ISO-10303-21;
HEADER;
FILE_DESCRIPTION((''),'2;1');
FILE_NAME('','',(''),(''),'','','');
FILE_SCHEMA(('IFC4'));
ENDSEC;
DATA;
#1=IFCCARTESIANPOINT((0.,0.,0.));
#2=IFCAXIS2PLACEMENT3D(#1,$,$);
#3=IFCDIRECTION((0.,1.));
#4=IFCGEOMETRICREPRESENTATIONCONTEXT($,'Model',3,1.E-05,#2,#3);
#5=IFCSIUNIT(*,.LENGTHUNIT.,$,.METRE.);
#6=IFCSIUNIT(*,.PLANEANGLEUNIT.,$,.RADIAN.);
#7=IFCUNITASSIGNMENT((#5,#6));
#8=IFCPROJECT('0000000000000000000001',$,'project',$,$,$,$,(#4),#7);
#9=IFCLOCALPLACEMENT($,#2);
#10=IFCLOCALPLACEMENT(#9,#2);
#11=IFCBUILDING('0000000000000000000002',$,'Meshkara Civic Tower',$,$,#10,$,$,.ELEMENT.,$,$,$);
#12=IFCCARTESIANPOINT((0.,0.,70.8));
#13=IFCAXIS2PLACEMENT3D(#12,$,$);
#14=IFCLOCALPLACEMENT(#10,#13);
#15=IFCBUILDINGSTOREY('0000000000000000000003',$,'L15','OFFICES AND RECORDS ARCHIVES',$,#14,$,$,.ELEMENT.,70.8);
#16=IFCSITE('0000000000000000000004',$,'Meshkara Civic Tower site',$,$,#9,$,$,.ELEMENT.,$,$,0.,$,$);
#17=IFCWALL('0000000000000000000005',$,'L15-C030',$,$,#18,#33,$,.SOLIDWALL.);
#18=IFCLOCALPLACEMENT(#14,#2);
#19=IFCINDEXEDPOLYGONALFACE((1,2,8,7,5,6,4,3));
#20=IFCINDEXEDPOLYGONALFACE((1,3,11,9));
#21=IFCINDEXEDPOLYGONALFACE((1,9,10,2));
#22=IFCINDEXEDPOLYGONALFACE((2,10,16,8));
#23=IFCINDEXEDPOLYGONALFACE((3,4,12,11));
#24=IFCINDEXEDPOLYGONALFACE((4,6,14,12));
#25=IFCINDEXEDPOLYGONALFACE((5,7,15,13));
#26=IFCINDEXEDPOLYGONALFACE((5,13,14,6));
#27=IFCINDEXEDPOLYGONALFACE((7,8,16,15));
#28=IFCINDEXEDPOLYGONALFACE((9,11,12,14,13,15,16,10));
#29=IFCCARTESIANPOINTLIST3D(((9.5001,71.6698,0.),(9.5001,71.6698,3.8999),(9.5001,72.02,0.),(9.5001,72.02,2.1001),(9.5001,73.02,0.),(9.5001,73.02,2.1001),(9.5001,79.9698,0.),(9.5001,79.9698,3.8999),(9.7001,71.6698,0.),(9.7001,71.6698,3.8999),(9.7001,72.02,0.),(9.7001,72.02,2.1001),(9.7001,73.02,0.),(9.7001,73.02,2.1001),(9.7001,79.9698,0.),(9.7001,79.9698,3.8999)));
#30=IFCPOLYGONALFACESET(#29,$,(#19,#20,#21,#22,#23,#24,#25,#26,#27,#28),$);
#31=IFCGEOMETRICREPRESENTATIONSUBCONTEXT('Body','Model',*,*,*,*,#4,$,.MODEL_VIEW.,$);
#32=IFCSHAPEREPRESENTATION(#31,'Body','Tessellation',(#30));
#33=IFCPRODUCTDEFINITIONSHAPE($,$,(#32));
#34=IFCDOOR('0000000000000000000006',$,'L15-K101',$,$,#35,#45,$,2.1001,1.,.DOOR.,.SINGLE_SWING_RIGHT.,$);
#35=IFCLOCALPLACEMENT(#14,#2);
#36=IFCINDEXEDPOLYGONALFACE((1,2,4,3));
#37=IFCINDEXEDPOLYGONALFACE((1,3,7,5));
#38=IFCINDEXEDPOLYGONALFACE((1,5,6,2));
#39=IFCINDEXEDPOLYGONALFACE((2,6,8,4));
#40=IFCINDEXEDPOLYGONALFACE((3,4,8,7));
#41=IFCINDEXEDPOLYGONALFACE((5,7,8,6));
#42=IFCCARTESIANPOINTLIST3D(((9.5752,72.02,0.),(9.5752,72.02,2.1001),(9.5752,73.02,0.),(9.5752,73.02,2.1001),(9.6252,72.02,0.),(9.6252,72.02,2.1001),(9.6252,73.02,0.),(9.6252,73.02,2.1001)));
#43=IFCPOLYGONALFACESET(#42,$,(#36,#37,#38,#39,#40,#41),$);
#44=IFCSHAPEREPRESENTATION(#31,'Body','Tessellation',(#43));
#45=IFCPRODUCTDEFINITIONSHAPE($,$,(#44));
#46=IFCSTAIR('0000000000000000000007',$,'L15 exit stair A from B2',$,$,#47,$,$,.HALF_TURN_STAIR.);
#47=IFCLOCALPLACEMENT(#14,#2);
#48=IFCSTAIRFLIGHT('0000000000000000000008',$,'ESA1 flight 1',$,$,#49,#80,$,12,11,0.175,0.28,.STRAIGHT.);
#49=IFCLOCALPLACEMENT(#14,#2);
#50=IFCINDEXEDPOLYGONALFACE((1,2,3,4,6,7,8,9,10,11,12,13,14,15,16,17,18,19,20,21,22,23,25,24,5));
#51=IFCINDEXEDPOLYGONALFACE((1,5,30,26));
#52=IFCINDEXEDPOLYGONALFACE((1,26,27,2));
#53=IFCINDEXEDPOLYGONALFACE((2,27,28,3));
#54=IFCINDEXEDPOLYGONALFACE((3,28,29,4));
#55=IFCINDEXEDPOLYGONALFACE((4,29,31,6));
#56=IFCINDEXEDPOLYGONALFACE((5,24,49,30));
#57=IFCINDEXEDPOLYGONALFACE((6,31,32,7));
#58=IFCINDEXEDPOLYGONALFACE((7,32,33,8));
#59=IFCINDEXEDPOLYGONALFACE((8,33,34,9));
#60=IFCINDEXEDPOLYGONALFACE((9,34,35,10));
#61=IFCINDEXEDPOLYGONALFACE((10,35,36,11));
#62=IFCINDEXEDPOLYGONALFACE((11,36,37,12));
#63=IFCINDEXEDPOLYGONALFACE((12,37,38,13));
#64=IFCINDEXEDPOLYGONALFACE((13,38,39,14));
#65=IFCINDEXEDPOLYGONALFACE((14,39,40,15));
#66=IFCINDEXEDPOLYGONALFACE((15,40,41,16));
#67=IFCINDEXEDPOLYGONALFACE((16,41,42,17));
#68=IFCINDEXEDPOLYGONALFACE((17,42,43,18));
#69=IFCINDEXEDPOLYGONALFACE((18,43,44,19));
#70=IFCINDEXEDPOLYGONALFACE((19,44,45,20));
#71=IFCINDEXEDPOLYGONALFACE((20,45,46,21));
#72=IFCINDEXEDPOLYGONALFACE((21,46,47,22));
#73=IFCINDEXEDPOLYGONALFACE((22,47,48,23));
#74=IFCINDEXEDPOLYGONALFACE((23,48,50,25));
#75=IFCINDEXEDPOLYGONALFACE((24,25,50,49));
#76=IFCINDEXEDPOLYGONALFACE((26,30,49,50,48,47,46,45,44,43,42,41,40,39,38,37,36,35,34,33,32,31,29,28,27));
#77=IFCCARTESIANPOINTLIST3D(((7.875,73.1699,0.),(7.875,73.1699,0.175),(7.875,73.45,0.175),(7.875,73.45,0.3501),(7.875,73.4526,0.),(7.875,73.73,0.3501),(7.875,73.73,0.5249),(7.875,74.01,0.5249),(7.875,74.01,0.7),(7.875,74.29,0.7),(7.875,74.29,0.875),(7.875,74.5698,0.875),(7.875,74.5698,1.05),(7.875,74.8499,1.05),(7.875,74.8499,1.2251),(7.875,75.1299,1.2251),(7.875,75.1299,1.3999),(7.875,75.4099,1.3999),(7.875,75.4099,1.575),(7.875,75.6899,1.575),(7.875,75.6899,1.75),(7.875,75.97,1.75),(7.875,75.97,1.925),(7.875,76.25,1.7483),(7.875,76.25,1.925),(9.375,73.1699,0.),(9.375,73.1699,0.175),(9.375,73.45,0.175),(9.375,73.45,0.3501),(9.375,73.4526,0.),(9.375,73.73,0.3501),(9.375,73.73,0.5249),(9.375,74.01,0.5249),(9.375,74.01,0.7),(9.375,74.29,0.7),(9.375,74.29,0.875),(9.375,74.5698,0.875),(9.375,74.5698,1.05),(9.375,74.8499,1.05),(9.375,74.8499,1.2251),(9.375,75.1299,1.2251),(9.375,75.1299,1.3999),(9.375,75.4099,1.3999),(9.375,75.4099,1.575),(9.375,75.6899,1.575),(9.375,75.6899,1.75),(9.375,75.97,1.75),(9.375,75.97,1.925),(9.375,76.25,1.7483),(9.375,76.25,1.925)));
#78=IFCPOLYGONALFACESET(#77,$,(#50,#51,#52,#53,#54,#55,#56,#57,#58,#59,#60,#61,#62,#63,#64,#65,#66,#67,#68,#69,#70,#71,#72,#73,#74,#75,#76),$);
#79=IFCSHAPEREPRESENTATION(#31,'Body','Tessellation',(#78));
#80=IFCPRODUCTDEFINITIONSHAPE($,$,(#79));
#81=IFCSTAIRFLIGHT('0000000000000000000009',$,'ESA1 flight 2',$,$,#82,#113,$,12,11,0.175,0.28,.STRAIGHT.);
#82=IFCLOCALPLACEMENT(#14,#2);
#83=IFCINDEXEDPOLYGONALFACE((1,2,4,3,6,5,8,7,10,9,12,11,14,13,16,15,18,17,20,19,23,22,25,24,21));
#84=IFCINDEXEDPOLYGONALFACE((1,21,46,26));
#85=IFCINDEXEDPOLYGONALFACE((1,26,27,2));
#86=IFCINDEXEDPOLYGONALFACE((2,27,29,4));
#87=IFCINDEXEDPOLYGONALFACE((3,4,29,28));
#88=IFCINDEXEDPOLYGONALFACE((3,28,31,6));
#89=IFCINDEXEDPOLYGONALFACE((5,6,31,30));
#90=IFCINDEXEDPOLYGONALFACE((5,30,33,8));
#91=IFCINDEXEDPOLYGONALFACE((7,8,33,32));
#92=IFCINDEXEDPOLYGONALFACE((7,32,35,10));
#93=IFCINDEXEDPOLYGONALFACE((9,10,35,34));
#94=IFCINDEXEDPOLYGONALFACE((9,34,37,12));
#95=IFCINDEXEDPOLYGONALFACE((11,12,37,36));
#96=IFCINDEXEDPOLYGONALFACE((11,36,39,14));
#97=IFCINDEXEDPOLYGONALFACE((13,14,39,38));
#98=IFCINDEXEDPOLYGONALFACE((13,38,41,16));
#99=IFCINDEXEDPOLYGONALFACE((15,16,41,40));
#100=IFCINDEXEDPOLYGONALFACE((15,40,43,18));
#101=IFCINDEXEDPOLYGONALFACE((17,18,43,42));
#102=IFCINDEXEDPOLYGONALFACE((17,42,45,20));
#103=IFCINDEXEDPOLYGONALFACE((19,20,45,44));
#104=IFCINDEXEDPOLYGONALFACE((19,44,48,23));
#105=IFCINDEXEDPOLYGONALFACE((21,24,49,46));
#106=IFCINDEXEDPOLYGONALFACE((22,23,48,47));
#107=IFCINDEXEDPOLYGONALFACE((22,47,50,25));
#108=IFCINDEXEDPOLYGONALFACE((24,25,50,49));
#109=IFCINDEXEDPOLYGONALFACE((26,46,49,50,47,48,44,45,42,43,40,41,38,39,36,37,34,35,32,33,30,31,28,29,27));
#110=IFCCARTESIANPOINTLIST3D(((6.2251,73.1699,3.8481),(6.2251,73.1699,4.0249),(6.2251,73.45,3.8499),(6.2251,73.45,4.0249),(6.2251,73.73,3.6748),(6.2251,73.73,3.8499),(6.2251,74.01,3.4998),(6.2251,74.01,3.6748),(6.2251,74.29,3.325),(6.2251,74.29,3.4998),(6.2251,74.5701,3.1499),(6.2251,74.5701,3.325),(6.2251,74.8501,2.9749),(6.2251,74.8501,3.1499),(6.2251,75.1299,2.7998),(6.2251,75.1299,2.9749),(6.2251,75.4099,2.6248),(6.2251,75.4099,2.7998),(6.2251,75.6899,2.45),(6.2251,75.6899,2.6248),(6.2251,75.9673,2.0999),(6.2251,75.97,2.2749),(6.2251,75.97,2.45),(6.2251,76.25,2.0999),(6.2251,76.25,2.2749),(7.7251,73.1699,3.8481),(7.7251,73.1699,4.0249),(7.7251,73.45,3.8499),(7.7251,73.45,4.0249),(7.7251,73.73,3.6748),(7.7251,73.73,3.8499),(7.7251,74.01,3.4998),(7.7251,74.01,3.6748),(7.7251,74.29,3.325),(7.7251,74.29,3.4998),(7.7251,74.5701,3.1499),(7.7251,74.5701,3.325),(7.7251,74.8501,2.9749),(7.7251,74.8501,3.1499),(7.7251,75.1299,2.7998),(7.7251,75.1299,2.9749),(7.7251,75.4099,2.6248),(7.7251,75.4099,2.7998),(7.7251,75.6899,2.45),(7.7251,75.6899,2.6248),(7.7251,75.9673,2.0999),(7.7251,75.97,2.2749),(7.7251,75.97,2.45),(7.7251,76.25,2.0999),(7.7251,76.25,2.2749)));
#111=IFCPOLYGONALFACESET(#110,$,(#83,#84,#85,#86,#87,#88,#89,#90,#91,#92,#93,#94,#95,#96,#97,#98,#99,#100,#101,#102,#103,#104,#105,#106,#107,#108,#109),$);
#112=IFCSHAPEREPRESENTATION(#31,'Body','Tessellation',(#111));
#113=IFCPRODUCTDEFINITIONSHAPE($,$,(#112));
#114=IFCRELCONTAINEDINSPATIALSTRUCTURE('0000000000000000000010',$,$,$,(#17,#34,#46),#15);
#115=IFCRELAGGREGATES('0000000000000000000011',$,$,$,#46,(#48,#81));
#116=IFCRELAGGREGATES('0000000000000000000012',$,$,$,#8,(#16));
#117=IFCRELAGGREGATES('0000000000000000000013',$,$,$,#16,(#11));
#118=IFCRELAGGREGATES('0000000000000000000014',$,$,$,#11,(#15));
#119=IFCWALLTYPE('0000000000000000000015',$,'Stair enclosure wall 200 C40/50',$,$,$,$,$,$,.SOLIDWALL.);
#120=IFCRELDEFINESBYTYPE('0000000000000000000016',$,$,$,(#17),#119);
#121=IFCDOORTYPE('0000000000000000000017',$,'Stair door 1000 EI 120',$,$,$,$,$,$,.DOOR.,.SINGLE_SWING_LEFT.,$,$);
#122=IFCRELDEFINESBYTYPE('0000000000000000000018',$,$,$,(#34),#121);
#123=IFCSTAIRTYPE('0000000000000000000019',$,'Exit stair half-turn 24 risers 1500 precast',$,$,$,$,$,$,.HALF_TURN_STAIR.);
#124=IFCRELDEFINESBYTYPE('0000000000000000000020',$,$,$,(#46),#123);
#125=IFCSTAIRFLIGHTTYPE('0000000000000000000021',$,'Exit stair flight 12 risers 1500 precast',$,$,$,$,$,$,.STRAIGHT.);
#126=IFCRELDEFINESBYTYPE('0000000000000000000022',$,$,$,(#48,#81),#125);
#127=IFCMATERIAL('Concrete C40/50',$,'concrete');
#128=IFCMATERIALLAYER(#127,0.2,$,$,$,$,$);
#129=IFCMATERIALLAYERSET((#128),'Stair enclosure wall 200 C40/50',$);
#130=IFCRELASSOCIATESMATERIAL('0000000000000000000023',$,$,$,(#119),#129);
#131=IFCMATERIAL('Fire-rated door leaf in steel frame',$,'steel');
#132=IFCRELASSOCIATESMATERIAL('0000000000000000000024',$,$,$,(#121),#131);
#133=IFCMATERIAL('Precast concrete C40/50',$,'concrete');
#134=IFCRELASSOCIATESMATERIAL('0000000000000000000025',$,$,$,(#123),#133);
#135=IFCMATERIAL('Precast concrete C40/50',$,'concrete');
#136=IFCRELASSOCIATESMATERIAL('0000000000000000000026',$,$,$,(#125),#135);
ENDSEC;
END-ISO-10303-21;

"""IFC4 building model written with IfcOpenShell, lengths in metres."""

from ifc_helpers import new_model, si_unit, direction, frame, frame_2d, origin, place, context, subcontext, project, spatial, polyline, rectangle, outline, extrude, material, layer, layer_set, type_object, element, fill, aggregate, save


model = new_model("IFC4")

# Units and contexts
model_context = context("Model", 3, precision=1e-05, world=origin(), true_north=direction((0.0, 1.0)))
body_context = subcontext(model_context, "Body", "Model", "MODEL_VIEW")
ifc_project = project(units=[si_unit("LENGTHUNIT", "METRE"), si_unit("PLANEANGLEUNIT", "RADIAN")], contexts=[model_context])

# Site, building, storey
site_placement = place(None, origin())
site = spatial("IfcSite", under=ifc_project, at=site_placement, Name="Meshkara Civic Tower site", CompositionType="ELEMENT", RefElevation=0.0)
building_placement = place(site_placement, origin())
building = spatial("IfcBuilding", under=site, at=building_placement, Name="Meshkara Civic Tower", CompositionType="ELEMENT")
storey_placement = place(building_placement, frame((0.0, 0.0, 70.8)))
storey = spatial("IfcBuildingStorey", under=building, at=storey_placement, Name="L15", Description="OFFICES AND RECORDS ARCHIVES", CompositionType="ELEMENT", Elevation=70.8)

# Wall, opening, door
ifc_material_1 = material(Name="Concrete C40/50", Category="concrete")
ifc_layer_1 = layer(ifc_material_1, 0.2)
ifc_layer_set_1 = layer_set([ifc_layer_1], Name="Stair enclosure wall 200 C40/50")
wall_type_1 = type_object("IfcWallType", Name="Stair enclosure wall 200 C40/50", PredefinedType="SOLIDWALL", material=ifc_layer_set_1)
wall_1_placement = place(storey_placement, frame((9.6001, 71.6699, 0.0), z_axis=(0.0, 0.0, 1.0), x_axis=(0.0, 1.0, 0.0)))
wall_1 = element("IfcWall", 1, at=wall_1_placement, inside=storey, type_object=wall_type_1, Name="L15-C030", PredefinedType="SOLIDWALL", context=body_context, shape_type="SweptSolid", body=[
    extrude(rectangle(XDim=8.3, YDim=0.2, at=frame_2d((4.1499, 0.0))), origin(), (0.0, 0.0, 1.0), 3.8999),
])
opening_1_placement = place(wall_1_placement, frame((0.3501, 0.0, 0.0)))
opening_1 = element("IfcOpeningElement", 2, at=opening_1_placement, cuts=wall_1, PredefinedType="OPENING", context=body_context, shape_type="SweptSolid", body=[
    extrude(rectangle(XDim=1.0, YDim=2.1001, at=frame_2d((0.5, 1.05))), frame((0.0, 0.1099, 0.0), z_axis=(0.0, -1.0, 0.0), x_axis=(1.0, 0.0, 0.0)), (0.0, 0.0, 1.0), 0.22),
])
ifc_material_2 = material(Name="Fire-rated door leaf in steel frame", Category="steel")
door_type_1 = type_object("IfcDoorType", Name="Stair door 1000 EI 120", OperationType="SINGLE_SWING_LEFT", PredefinedType="DOOR", material=ifc_material_2)
door_1_placement = place(opening_1_placement, origin())
door_1 = element("IfcDoor", 3, at=door_1_placement, inside=storey, type_object=door_type_1, Name="L15-K101", OperationType="SINGLE_SWING_RIGHT", OverallHeight=2.1001, OverallWidth=1.0, PredefinedType="DOOR", context=body_context, shape_type="SweptSolid", body=[
    extrude(rectangle(XDim=1.0, YDim=2.1001, at=frame_2d((0.5, 1.05))), frame((0.0, 0.0249, 0.0), z_axis=(0.0, -1.0, 0.0), x_axis=(1.0, 0.0, 0.0)), (0.0, 0.0, 1.0), 0.05),
])
fill(opening_1, door_1)

# Stair, stair flights
ifc_material_3 = material(Name="Precast concrete C40/50", Category="concrete")
stair_type = type_object("IfcStairType", Name="Exit stair half-turn 24 risers 1500 precast", PredefinedType="HALF_TURN_STAIR", material=ifc_material_3)
stair_placement = place(storey_placement, origin())
stair = element("IfcStair", 4, at=stair_placement, inside=storey, type_object=stair_type, Name="L15 exit stair A from B2", PredefinedType="HALF_TURN_STAIR")
ifc_material_4 = material(Name="Precast concrete C40/50", Category="concrete")
stair_flight_type = type_object("IfcStairFlightType", Name="Exit stair flight 12 risers 1500 precast", PredefinedType="STRAIGHT", material=ifc_material_4)
stair_flight_1_placement = place(storey_placement, frame((8.625, 73.1699, 0.0), z_axis=(0.0, 0.0, 1.0), x_axis=(0.0, 1.0, 0.0)))
stair_flight_1 = element("IfcStairFlight", 5, at=stair_flight_1_placement, type_object=stair_flight_type, Name="ESA1 flight 1", NumberOfRisers=12, NumberOfTreads=11, PredefinedType="STRAIGHT", RiserHeight=0.175, TreadLength=0.28, context=body_context, shape_type="SweptSolid", body=[
    extrude(outline(polyline([(0.0, 0.0), (0.0, 0.175), (0.28, 0.175), (0.28, 0.3501), (0.5601, 0.3501), (0.5601, 0.5249), (0.8401, 0.5249), (0.8401, 0.7), (1.1201, 0.7), (1.1201, 0.875), (1.3999, 0.875), (1.3999, 1.05), (1.6799, 1.05), (1.6799, 1.2251), (1.96, 1.2251), (1.96, 1.3999), (2.24, 1.3999), (2.24, 1.575), (2.52, 1.575), (2.52, 1.75), (2.8, 1.75), (2.8, 1.925), (3.0801, 1.925), (3.0801, 2.1001), (3.0801, 1.7483), (0.2827, 0.0), (0.0, 0.0)])), frame((0.0, 0.75, 0.0), z_axis=(0.0, -1.0, 0.0), x_axis=(1.0, 0.0, 0.0)), (0.0, 0.0, 1.0), 1.5),
])
stair_flight_2_placement = place(storey_placement, frame((6.9751, 76.25, 2.0999), z_axis=(0.0, 0.0, 1.0), x_axis=(0.0, -1.0, 0.0)))
stair_flight_2 = element("IfcStairFlight", 6, at=stair_flight_2_placement, type_object=stair_flight_type, Name="ESA1 flight 2", NumberOfRisers=12, NumberOfTreads=11, PredefinedType="STRAIGHT", RiserHeight=0.175, TreadLength=0.28, context=body_context, shape_type="SweptSolid", body=[
    extrude(outline(polyline([(0.0, 0.0), (0.0, 0.175), (0.28, 0.175), (0.28, 0.3501), (0.5601, 0.3501), (0.5601, 0.5249), (0.8401, 0.5249), (0.8401, 0.7), (1.1201, 0.7), (1.1201, 0.875), (1.3999, 0.875), (1.3999, 1.05), (1.6799, 1.05), (1.6799, 1.2251), (1.96, 1.2251), (1.96, 1.3999), (2.24, 1.3999), (2.24, 1.575), (2.52, 1.575), (2.52, 1.75), (2.8, 1.75), (2.8, 1.925), (3.0801, 1.925), (3.0801, 2.1001), (3.0801, 1.7483), (0.2827, 0.0), (0.0, 0.0)])), frame((0.0, 0.75, 0.0), z_axis=(0.0, -1.0, 0.0), x_axis=(1.0, 0.0, 0.0)), (0.0, 0.0, 1.0), 1.5),
])
aggregate(stair, [stair_flight_1, stair_flight_2])

save(model, "model.ifc")
